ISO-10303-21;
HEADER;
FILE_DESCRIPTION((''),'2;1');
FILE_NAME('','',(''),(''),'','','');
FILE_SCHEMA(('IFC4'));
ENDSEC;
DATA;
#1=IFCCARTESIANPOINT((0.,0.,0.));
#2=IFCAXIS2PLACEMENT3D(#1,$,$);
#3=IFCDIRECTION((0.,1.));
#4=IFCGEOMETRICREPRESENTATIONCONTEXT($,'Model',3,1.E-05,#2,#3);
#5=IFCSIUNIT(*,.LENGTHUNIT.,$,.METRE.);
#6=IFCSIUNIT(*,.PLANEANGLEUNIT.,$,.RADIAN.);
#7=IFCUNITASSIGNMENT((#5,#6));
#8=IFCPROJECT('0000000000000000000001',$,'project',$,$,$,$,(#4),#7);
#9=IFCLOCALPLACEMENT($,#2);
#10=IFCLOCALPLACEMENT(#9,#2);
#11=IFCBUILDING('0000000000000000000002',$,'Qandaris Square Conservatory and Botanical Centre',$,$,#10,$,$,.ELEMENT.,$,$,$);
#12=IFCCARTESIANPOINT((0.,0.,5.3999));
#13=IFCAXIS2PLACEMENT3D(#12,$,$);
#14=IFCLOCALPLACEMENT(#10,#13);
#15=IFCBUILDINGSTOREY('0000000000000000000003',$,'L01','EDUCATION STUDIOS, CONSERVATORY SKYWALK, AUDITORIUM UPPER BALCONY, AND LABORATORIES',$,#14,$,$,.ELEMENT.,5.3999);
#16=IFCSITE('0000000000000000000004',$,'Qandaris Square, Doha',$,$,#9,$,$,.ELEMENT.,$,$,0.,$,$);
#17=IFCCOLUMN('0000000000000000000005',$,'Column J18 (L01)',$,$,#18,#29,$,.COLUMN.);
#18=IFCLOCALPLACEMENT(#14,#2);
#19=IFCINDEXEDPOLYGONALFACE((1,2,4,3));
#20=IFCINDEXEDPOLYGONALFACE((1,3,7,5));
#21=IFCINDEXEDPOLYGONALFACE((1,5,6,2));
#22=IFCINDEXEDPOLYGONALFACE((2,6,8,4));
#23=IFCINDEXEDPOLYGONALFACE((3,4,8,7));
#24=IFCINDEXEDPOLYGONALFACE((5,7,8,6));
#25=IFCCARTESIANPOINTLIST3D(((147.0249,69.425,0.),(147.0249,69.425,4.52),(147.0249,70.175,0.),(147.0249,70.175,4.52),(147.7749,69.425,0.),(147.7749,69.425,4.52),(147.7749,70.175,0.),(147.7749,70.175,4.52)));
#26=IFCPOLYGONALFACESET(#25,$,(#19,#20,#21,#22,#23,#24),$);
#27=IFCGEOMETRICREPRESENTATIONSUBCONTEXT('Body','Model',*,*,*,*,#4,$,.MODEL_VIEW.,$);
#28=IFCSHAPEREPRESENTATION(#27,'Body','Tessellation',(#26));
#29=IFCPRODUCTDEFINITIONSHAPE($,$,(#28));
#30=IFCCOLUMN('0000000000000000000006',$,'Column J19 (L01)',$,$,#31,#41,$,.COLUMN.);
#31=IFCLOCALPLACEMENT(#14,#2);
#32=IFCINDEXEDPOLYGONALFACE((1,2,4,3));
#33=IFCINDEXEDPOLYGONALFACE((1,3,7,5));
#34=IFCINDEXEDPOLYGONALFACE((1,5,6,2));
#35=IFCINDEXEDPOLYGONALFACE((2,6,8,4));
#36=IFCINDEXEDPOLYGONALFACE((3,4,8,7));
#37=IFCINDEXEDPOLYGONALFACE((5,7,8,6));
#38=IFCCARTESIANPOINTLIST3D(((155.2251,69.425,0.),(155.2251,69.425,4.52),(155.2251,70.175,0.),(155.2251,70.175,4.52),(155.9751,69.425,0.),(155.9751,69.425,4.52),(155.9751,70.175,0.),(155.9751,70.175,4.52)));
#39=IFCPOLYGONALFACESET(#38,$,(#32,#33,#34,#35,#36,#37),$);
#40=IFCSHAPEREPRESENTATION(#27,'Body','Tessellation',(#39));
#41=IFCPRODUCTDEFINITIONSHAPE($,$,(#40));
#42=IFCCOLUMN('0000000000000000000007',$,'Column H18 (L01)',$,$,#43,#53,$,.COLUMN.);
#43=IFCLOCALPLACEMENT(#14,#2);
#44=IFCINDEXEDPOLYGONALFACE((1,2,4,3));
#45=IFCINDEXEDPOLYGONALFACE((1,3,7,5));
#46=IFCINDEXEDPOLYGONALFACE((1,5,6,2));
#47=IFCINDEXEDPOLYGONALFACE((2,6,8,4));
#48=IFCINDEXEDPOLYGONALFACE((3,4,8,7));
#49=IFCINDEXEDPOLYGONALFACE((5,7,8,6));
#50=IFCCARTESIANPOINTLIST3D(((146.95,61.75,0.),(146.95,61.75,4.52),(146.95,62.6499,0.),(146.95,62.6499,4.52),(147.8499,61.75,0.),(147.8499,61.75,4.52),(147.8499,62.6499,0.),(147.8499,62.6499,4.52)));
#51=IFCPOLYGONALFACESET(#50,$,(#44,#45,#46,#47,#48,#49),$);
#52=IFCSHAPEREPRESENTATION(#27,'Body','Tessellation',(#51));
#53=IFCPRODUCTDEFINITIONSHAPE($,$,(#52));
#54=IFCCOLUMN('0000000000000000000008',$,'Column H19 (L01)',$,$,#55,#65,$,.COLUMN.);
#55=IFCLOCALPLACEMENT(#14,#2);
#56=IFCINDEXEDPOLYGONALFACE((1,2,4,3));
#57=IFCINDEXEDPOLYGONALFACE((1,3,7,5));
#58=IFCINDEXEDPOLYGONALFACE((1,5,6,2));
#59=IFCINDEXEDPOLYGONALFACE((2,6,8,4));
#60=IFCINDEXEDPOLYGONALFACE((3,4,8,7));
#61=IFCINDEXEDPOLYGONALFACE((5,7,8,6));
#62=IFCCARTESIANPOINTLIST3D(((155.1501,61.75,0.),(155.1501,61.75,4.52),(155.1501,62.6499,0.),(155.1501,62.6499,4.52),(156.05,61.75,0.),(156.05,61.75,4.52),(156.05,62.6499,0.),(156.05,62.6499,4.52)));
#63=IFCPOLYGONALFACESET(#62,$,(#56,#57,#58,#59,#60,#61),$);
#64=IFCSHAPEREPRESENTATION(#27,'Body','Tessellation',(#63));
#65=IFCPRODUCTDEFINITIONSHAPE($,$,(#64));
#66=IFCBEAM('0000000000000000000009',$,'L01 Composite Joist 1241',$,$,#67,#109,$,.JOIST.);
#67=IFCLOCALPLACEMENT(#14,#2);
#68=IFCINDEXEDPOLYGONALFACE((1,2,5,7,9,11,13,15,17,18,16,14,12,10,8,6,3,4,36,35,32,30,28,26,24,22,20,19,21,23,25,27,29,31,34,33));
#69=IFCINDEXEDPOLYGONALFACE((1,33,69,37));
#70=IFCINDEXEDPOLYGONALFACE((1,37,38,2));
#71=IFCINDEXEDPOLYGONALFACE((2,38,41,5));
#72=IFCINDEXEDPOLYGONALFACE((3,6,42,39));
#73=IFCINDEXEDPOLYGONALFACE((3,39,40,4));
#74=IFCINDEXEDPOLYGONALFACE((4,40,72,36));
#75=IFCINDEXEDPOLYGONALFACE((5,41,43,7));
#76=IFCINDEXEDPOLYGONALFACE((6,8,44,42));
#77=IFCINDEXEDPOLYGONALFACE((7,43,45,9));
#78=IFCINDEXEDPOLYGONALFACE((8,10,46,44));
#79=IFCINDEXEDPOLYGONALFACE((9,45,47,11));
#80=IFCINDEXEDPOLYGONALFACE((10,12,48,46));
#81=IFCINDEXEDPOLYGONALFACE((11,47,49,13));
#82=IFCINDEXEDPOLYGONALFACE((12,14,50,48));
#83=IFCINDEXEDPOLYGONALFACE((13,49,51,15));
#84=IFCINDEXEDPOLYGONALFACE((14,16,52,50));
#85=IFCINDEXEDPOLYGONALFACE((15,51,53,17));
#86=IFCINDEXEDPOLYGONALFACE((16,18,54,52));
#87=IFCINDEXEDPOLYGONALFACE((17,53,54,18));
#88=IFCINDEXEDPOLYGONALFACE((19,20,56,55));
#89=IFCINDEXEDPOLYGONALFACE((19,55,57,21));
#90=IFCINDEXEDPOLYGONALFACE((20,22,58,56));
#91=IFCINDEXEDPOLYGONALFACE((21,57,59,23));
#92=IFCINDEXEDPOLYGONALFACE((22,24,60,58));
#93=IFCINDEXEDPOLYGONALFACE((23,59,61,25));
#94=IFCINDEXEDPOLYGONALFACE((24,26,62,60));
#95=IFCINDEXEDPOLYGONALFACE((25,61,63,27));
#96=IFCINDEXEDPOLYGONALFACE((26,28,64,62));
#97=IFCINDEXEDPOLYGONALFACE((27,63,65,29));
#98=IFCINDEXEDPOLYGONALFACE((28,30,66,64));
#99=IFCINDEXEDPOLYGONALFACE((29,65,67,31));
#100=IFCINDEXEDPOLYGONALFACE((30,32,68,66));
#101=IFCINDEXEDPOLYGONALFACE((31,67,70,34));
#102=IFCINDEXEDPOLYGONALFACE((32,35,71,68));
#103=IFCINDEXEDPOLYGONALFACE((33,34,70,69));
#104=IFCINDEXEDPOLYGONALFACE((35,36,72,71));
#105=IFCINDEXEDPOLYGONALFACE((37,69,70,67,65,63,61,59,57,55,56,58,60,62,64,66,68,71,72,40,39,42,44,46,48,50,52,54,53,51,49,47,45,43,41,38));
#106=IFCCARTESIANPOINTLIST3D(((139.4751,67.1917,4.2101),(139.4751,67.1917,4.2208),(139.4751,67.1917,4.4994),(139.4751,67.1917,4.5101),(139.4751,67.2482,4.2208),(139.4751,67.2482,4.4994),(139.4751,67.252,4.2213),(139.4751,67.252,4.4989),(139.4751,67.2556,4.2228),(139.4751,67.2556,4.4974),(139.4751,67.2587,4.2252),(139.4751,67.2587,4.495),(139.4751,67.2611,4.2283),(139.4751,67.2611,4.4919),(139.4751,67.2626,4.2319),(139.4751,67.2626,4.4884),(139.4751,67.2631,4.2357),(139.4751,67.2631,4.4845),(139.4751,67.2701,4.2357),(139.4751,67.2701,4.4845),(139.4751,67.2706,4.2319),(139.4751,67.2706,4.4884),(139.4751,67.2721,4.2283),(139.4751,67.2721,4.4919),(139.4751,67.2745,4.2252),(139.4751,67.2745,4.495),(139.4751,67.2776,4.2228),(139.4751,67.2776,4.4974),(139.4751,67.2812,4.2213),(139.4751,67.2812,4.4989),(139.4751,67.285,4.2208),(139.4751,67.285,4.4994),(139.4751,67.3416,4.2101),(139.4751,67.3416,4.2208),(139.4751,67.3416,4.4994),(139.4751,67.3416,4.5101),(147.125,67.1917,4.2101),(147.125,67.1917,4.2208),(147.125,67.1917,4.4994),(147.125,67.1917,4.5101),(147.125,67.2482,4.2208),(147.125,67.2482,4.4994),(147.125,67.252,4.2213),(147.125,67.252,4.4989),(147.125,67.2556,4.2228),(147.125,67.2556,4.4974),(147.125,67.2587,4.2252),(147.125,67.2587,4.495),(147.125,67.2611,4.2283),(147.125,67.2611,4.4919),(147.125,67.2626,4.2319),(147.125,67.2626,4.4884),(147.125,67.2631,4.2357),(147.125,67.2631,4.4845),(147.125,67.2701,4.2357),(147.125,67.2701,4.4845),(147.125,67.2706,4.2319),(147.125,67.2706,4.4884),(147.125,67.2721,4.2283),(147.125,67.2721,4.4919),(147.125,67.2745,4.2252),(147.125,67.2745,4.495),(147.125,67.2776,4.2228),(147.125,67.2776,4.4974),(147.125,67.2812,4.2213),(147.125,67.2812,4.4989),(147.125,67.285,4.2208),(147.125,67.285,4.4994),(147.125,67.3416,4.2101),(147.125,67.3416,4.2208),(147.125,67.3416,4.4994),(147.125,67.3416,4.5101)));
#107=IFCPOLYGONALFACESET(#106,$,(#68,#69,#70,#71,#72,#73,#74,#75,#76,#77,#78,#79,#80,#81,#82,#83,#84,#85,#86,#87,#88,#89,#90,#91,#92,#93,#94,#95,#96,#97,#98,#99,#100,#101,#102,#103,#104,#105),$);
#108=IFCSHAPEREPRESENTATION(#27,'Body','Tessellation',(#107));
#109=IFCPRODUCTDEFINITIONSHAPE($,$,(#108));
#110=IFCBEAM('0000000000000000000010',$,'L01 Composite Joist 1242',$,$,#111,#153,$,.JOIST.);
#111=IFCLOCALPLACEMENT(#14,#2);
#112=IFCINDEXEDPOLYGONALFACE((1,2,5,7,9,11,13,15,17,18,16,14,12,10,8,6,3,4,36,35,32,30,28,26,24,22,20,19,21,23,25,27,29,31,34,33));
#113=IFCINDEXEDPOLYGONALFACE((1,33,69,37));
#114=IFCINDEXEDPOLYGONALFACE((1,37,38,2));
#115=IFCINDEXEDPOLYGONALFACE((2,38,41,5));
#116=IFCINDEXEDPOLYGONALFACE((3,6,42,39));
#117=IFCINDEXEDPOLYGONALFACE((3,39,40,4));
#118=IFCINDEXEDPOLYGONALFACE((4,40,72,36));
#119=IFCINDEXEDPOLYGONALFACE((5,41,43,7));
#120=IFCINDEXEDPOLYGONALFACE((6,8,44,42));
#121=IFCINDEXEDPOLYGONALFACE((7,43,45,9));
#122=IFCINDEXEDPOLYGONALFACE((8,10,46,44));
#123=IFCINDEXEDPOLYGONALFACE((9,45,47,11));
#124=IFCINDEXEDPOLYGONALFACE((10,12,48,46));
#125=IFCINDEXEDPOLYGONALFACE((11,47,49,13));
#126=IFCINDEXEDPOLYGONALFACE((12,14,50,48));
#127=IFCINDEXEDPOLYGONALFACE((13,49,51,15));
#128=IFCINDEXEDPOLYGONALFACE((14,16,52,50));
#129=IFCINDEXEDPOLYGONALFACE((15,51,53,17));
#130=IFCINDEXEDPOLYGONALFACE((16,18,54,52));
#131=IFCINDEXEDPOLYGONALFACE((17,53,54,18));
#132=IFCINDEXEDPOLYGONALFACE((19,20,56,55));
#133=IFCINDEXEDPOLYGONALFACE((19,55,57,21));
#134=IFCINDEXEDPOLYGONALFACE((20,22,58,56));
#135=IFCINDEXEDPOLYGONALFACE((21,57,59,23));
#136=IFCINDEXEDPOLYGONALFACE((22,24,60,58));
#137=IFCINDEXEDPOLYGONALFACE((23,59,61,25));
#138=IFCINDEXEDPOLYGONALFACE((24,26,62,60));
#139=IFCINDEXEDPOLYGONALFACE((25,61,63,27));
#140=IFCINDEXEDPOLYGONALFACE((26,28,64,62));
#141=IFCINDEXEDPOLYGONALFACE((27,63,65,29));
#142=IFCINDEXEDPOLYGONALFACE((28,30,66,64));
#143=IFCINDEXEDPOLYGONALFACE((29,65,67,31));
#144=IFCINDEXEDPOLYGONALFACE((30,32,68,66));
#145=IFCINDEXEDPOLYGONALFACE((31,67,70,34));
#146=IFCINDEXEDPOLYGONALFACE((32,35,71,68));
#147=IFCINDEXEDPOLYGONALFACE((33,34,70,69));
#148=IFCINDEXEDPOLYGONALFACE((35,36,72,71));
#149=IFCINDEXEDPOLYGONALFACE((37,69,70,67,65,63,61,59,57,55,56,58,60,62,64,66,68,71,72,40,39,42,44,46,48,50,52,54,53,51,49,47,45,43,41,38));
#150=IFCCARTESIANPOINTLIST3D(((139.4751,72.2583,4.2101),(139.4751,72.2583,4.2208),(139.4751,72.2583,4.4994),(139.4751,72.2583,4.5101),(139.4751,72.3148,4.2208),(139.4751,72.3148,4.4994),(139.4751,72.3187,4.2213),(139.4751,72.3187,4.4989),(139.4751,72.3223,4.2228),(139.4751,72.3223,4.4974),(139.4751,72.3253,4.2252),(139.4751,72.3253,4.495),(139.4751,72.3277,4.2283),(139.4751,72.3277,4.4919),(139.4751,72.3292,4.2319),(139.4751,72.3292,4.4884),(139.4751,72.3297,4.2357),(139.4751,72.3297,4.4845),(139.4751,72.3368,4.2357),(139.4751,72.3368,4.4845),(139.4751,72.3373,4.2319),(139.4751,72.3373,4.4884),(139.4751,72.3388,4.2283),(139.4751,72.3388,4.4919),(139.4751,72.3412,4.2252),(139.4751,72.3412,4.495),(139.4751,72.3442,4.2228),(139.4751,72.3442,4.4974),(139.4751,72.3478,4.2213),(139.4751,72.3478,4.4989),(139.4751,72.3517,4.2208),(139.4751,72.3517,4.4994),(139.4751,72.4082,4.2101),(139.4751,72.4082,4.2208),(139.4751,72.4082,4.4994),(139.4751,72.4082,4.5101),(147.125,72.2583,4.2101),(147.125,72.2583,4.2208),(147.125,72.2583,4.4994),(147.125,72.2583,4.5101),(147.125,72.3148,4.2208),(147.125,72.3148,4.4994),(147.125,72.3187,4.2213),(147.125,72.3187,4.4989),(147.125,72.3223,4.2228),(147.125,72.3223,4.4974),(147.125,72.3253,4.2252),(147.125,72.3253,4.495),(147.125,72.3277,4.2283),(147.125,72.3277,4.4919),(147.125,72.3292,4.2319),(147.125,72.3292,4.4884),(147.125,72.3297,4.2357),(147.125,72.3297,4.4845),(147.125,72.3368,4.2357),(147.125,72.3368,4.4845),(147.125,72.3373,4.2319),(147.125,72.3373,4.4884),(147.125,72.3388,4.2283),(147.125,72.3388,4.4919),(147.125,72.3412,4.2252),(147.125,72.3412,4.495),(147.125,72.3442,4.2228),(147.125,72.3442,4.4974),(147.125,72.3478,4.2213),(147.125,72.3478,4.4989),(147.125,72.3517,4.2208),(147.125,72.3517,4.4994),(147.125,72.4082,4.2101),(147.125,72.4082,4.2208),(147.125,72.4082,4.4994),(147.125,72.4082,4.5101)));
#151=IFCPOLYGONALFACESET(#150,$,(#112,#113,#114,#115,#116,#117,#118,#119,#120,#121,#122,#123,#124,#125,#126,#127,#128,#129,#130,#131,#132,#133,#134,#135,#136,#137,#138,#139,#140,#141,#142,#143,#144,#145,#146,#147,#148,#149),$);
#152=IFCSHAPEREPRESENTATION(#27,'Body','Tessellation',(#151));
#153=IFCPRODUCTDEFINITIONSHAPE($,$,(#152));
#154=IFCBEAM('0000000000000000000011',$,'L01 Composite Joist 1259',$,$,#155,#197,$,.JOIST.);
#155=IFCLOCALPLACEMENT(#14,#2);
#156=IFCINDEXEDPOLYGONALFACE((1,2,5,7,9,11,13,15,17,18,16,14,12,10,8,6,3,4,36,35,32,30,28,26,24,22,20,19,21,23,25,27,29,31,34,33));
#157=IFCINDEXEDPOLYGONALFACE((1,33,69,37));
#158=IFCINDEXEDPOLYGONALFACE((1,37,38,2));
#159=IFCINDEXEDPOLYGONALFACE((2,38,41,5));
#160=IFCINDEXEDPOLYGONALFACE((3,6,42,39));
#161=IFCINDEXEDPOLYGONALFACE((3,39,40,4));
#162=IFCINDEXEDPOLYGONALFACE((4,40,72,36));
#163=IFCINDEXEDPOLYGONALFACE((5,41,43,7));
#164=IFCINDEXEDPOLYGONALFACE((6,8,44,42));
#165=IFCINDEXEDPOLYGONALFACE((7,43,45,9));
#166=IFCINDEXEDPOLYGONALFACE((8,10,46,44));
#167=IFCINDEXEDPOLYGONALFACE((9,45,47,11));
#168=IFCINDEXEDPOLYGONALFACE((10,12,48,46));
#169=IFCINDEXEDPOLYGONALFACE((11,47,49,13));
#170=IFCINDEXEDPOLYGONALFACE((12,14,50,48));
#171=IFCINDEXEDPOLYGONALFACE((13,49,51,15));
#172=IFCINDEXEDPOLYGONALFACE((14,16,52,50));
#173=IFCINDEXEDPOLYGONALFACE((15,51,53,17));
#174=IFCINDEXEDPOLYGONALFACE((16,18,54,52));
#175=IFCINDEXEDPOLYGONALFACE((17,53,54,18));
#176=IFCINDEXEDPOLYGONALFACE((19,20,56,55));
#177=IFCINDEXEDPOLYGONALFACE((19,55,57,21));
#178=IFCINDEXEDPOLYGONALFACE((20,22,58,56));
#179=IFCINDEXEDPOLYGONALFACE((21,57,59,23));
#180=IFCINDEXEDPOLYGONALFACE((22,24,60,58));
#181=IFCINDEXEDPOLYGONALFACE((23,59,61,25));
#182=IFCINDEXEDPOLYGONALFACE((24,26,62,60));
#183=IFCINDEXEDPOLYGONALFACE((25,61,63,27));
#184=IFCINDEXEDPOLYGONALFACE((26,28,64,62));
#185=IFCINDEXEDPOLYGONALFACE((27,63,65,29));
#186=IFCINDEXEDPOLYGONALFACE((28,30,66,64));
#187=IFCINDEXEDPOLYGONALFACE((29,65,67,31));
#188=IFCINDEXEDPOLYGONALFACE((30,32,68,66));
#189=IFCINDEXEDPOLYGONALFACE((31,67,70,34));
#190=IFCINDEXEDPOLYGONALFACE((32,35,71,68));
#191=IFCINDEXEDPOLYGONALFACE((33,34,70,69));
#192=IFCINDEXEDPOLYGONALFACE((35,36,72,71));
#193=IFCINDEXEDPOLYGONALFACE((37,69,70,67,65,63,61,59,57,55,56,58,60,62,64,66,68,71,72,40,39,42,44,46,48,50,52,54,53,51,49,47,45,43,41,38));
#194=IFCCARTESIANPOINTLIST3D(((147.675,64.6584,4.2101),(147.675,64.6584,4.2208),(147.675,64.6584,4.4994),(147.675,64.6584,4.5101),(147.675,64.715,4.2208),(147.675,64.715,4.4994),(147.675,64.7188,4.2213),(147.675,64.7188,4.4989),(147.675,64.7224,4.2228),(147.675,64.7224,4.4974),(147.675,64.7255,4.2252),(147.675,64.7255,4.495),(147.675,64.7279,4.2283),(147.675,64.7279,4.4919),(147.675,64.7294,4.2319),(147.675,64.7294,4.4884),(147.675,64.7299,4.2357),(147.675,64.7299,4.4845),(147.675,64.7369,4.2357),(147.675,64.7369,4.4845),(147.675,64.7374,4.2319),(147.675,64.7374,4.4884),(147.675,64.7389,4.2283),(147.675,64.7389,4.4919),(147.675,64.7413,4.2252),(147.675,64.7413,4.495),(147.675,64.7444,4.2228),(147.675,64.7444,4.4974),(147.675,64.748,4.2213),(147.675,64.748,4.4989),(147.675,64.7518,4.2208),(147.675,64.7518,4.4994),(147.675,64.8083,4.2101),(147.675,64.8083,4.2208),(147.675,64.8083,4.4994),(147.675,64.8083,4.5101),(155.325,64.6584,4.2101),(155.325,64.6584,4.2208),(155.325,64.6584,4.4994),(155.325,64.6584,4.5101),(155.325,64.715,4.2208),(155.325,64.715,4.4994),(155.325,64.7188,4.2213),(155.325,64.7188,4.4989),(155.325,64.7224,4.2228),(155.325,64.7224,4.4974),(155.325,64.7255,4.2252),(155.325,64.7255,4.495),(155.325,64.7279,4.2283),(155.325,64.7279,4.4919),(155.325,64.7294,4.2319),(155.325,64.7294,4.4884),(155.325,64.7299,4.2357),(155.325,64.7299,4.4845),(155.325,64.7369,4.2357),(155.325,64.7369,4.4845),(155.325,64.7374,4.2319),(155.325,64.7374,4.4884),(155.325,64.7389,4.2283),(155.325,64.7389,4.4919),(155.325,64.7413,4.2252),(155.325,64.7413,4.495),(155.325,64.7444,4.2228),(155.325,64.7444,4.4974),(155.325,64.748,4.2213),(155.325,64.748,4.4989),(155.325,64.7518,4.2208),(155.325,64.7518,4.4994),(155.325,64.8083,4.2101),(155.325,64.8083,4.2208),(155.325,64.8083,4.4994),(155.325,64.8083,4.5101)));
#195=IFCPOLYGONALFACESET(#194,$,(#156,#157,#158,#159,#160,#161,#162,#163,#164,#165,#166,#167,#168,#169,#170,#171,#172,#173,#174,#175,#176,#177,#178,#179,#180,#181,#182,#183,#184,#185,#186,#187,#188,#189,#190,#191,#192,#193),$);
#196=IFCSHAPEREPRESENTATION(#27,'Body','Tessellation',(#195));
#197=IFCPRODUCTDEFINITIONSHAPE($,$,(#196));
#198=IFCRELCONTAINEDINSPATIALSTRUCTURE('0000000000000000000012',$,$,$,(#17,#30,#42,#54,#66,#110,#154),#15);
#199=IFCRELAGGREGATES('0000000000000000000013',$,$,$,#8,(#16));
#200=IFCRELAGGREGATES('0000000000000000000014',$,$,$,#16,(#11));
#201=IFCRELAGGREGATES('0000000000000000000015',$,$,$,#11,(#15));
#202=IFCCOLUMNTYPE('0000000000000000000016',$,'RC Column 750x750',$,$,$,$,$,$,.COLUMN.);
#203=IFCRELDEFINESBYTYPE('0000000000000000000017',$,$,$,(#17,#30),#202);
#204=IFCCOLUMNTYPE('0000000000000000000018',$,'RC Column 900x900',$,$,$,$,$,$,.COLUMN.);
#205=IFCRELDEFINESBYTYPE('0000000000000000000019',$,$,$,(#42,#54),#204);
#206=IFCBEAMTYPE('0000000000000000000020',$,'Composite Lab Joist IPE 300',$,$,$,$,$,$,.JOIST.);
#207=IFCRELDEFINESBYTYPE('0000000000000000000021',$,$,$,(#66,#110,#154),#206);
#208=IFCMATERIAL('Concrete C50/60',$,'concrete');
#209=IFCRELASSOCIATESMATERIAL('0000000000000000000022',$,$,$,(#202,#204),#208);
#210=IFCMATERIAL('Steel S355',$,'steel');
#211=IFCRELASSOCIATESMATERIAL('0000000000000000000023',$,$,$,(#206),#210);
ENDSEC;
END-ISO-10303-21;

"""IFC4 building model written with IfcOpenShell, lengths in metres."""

from ifc_helpers import new_model, si_unit, direction, frame, origin, origin_2d, place, context, subcontext, project, spatial, rectangle, i_section, extrude, material, material_profile, profile_set, type_object, element, save


model = new_model("IFC4")

# Units and contexts
model_context = context("Model", 3, precision=1e-05, world=origin(), true_north=direction((0.0, 1.0)))
body_context = subcontext(model_context, "Body", "Model", "MODEL_VIEW")
ifc_project = project(units=[si_unit("LENGTHUNIT", "METRE"), si_unit("PLANEANGLEUNIT", "RADIAN")], contexts=[model_context])

# Site, building, storey
site_placement = place(None, origin())
site = spatial("IfcSite", under=ifc_project, at=site_placement, Name="Qandaris Square, Doha", CompositionType="ELEMENT", RefElevation=0.0)
building_placement = place(site_placement, origin())
building = spatial("IfcBuilding", under=site, at=building_placement, Name="Qandaris Square Conservatory and Botanical Centre", CompositionType="ELEMENT")
storey_placement = place(building_placement, frame((0.0, 0.0, 5.3999)))
storey = spatial("IfcBuildingStorey", under=building, at=storey_placement, Name="L01", Description="EDUCATION STUDIOS, CONSERVATORY SKYWALK, AUDITORIUM UPPER BALCONY, AND LABORATORIES", CompositionType="ELEMENT", Elevation=5.3999)

# Columns
ifc_material_1 = material(Name="Concrete C50/60", Category="concrete")
ifc_material_profile_1 = material_profile(ifc_material_1, rectangle(XDim=0.75, YDim=0.75, at=origin_2d()), Name="RC-COL 750x750")
ifc_profile_set_1 = profile_set([ifc_material_profile_1], Name="Concrete C50/60")
column_type_1 = type_object("IfcColumnType", Name="RC Column 750x750", PredefinedType="COLUMN", material=ifc_profile_set_1)
for number, where, z_axis, x_axis, name in (
    (1, (147.3999, 69.8, 0.0), (0.0, 0.0, 1.0), (1.0, 0.0, 0.0), "Column J18 (L01)"),
    (2, (155.6001, 69.8, 0.0), (0.0, 0.0, 1.0), (1.0, 0.0, 0.0), "Column J19 (L01)"),
):
    element("IfcColumn", number, at=place(storey_placement, frame(where, z_axis=z_axis, x_axis=x_axis)), inside=storey, type_object=column_type_1, Name=name, PredefinedType="COLUMN", context=body_context, shape_type="SweptSolid", body=[
        extrude(rectangle(XDim=0.75, YDim=0.75, at=origin_2d()), origin(), (0.0, 0.0, 1.0), 4.52),
    ])
ifc_material_profile_2 = material_profile(ifc_material_1, rectangle(XDim=0.8999, YDim=0.8999, at=origin_2d()), Name="RC-COL 900x900")
ifc_profile_set_2 = profile_set([ifc_material_profile_2], Name="Concrete C50/60")
column_type_2 = type_object("IfcColumnType", Name="RC Column 900x900", PredefinedType="COLUMN", material=ifc_profile_set_2)
for number, where, z_axis, x_axis, name in (
    (3, (147.3999, 62.2, 0.0), (0.0, 0.0, 1.0), (1.0, 0.0, 0.0), "Column H18 (L01)"),
    (4, (155.6001, 62.2, 0.0), (0.0, 0.0, 1.0), (1.0, 0.0, 0.0), "Column H19 (L01)"),
):
    element("IfcColumn", number, at=place(storey_placement, frame(where, z_axis=z_axis, x_axis=x_axis)), inside=storey, type_object=column_type_2, Name=name, PredefinedType="COLUMN", context=body_context, shape_type="SweptSolid", body=[
        extrude(rectangle(XDim=0.8999, YDim=0.8999, at=origin_2d()), origin(), (0.0, 0.0, 1.0), 4.52),
    ])

# Beams
ifc_material_2 = material(Name="Steel S355", Category="steel")
ifc_material_profile_3 = material_profile(ifc_material_2, i_section(OverallWidth=0.1499, OverallDepth=0.3, WebThickness=0.0071, FlangeThickness=0.0107, FilletRadius=0.0149, at=origin_2d()), Name="IPE 300")
ifc_profile_set_3 = profile_set([ifc_material_profile_3], Name="Steel S355")
beam_type_1 = type_object("IfcBeamType", Name="Composite Lab Joist IPE 300", PredefinedType="JOIST", material=ifc_profile_set_3)
for number, where, z_axis, x_axis, name in (
    (5, (139.4751, 67.2666, 4.3601), (1.0, 0.0, 0.0), (0.0, 1.0, 0.0), "L01 Composite Joist 1241"),
    (6, (139.4751, 72.3333, 4.3601), (1.0, 0.0, 0.0), (0.0, 1.0, 0.0), "L01 Composite Joist 1242"),
    (7, (147.675, 64.7334, 4.3601), (1.0, 0.0, 0.0), (0.0, 1.0, 0.0), "L01 Composite Joist 1259"),
):
    element("IfcBeam", number, at=place(storey_placement, frame(where, z_axis=z_axis, x_axis=x_axis)), inside=storey, type_object=beam_type_1, Name=name, PredefinedType="JOIST", context=body_context, shape_type="SweptSolid", body=[
        extrude(i_section(OverallWidth=0.1499, OverallDepth=0.3, WebThickness=0.0071, FlangeThickness=0.0107, FilletRadius=0.0149, at=origin_2d()), origin(), (0.0, 0.0, 1.0), 7.6499),
    ])

save(model, "model.ifc")
